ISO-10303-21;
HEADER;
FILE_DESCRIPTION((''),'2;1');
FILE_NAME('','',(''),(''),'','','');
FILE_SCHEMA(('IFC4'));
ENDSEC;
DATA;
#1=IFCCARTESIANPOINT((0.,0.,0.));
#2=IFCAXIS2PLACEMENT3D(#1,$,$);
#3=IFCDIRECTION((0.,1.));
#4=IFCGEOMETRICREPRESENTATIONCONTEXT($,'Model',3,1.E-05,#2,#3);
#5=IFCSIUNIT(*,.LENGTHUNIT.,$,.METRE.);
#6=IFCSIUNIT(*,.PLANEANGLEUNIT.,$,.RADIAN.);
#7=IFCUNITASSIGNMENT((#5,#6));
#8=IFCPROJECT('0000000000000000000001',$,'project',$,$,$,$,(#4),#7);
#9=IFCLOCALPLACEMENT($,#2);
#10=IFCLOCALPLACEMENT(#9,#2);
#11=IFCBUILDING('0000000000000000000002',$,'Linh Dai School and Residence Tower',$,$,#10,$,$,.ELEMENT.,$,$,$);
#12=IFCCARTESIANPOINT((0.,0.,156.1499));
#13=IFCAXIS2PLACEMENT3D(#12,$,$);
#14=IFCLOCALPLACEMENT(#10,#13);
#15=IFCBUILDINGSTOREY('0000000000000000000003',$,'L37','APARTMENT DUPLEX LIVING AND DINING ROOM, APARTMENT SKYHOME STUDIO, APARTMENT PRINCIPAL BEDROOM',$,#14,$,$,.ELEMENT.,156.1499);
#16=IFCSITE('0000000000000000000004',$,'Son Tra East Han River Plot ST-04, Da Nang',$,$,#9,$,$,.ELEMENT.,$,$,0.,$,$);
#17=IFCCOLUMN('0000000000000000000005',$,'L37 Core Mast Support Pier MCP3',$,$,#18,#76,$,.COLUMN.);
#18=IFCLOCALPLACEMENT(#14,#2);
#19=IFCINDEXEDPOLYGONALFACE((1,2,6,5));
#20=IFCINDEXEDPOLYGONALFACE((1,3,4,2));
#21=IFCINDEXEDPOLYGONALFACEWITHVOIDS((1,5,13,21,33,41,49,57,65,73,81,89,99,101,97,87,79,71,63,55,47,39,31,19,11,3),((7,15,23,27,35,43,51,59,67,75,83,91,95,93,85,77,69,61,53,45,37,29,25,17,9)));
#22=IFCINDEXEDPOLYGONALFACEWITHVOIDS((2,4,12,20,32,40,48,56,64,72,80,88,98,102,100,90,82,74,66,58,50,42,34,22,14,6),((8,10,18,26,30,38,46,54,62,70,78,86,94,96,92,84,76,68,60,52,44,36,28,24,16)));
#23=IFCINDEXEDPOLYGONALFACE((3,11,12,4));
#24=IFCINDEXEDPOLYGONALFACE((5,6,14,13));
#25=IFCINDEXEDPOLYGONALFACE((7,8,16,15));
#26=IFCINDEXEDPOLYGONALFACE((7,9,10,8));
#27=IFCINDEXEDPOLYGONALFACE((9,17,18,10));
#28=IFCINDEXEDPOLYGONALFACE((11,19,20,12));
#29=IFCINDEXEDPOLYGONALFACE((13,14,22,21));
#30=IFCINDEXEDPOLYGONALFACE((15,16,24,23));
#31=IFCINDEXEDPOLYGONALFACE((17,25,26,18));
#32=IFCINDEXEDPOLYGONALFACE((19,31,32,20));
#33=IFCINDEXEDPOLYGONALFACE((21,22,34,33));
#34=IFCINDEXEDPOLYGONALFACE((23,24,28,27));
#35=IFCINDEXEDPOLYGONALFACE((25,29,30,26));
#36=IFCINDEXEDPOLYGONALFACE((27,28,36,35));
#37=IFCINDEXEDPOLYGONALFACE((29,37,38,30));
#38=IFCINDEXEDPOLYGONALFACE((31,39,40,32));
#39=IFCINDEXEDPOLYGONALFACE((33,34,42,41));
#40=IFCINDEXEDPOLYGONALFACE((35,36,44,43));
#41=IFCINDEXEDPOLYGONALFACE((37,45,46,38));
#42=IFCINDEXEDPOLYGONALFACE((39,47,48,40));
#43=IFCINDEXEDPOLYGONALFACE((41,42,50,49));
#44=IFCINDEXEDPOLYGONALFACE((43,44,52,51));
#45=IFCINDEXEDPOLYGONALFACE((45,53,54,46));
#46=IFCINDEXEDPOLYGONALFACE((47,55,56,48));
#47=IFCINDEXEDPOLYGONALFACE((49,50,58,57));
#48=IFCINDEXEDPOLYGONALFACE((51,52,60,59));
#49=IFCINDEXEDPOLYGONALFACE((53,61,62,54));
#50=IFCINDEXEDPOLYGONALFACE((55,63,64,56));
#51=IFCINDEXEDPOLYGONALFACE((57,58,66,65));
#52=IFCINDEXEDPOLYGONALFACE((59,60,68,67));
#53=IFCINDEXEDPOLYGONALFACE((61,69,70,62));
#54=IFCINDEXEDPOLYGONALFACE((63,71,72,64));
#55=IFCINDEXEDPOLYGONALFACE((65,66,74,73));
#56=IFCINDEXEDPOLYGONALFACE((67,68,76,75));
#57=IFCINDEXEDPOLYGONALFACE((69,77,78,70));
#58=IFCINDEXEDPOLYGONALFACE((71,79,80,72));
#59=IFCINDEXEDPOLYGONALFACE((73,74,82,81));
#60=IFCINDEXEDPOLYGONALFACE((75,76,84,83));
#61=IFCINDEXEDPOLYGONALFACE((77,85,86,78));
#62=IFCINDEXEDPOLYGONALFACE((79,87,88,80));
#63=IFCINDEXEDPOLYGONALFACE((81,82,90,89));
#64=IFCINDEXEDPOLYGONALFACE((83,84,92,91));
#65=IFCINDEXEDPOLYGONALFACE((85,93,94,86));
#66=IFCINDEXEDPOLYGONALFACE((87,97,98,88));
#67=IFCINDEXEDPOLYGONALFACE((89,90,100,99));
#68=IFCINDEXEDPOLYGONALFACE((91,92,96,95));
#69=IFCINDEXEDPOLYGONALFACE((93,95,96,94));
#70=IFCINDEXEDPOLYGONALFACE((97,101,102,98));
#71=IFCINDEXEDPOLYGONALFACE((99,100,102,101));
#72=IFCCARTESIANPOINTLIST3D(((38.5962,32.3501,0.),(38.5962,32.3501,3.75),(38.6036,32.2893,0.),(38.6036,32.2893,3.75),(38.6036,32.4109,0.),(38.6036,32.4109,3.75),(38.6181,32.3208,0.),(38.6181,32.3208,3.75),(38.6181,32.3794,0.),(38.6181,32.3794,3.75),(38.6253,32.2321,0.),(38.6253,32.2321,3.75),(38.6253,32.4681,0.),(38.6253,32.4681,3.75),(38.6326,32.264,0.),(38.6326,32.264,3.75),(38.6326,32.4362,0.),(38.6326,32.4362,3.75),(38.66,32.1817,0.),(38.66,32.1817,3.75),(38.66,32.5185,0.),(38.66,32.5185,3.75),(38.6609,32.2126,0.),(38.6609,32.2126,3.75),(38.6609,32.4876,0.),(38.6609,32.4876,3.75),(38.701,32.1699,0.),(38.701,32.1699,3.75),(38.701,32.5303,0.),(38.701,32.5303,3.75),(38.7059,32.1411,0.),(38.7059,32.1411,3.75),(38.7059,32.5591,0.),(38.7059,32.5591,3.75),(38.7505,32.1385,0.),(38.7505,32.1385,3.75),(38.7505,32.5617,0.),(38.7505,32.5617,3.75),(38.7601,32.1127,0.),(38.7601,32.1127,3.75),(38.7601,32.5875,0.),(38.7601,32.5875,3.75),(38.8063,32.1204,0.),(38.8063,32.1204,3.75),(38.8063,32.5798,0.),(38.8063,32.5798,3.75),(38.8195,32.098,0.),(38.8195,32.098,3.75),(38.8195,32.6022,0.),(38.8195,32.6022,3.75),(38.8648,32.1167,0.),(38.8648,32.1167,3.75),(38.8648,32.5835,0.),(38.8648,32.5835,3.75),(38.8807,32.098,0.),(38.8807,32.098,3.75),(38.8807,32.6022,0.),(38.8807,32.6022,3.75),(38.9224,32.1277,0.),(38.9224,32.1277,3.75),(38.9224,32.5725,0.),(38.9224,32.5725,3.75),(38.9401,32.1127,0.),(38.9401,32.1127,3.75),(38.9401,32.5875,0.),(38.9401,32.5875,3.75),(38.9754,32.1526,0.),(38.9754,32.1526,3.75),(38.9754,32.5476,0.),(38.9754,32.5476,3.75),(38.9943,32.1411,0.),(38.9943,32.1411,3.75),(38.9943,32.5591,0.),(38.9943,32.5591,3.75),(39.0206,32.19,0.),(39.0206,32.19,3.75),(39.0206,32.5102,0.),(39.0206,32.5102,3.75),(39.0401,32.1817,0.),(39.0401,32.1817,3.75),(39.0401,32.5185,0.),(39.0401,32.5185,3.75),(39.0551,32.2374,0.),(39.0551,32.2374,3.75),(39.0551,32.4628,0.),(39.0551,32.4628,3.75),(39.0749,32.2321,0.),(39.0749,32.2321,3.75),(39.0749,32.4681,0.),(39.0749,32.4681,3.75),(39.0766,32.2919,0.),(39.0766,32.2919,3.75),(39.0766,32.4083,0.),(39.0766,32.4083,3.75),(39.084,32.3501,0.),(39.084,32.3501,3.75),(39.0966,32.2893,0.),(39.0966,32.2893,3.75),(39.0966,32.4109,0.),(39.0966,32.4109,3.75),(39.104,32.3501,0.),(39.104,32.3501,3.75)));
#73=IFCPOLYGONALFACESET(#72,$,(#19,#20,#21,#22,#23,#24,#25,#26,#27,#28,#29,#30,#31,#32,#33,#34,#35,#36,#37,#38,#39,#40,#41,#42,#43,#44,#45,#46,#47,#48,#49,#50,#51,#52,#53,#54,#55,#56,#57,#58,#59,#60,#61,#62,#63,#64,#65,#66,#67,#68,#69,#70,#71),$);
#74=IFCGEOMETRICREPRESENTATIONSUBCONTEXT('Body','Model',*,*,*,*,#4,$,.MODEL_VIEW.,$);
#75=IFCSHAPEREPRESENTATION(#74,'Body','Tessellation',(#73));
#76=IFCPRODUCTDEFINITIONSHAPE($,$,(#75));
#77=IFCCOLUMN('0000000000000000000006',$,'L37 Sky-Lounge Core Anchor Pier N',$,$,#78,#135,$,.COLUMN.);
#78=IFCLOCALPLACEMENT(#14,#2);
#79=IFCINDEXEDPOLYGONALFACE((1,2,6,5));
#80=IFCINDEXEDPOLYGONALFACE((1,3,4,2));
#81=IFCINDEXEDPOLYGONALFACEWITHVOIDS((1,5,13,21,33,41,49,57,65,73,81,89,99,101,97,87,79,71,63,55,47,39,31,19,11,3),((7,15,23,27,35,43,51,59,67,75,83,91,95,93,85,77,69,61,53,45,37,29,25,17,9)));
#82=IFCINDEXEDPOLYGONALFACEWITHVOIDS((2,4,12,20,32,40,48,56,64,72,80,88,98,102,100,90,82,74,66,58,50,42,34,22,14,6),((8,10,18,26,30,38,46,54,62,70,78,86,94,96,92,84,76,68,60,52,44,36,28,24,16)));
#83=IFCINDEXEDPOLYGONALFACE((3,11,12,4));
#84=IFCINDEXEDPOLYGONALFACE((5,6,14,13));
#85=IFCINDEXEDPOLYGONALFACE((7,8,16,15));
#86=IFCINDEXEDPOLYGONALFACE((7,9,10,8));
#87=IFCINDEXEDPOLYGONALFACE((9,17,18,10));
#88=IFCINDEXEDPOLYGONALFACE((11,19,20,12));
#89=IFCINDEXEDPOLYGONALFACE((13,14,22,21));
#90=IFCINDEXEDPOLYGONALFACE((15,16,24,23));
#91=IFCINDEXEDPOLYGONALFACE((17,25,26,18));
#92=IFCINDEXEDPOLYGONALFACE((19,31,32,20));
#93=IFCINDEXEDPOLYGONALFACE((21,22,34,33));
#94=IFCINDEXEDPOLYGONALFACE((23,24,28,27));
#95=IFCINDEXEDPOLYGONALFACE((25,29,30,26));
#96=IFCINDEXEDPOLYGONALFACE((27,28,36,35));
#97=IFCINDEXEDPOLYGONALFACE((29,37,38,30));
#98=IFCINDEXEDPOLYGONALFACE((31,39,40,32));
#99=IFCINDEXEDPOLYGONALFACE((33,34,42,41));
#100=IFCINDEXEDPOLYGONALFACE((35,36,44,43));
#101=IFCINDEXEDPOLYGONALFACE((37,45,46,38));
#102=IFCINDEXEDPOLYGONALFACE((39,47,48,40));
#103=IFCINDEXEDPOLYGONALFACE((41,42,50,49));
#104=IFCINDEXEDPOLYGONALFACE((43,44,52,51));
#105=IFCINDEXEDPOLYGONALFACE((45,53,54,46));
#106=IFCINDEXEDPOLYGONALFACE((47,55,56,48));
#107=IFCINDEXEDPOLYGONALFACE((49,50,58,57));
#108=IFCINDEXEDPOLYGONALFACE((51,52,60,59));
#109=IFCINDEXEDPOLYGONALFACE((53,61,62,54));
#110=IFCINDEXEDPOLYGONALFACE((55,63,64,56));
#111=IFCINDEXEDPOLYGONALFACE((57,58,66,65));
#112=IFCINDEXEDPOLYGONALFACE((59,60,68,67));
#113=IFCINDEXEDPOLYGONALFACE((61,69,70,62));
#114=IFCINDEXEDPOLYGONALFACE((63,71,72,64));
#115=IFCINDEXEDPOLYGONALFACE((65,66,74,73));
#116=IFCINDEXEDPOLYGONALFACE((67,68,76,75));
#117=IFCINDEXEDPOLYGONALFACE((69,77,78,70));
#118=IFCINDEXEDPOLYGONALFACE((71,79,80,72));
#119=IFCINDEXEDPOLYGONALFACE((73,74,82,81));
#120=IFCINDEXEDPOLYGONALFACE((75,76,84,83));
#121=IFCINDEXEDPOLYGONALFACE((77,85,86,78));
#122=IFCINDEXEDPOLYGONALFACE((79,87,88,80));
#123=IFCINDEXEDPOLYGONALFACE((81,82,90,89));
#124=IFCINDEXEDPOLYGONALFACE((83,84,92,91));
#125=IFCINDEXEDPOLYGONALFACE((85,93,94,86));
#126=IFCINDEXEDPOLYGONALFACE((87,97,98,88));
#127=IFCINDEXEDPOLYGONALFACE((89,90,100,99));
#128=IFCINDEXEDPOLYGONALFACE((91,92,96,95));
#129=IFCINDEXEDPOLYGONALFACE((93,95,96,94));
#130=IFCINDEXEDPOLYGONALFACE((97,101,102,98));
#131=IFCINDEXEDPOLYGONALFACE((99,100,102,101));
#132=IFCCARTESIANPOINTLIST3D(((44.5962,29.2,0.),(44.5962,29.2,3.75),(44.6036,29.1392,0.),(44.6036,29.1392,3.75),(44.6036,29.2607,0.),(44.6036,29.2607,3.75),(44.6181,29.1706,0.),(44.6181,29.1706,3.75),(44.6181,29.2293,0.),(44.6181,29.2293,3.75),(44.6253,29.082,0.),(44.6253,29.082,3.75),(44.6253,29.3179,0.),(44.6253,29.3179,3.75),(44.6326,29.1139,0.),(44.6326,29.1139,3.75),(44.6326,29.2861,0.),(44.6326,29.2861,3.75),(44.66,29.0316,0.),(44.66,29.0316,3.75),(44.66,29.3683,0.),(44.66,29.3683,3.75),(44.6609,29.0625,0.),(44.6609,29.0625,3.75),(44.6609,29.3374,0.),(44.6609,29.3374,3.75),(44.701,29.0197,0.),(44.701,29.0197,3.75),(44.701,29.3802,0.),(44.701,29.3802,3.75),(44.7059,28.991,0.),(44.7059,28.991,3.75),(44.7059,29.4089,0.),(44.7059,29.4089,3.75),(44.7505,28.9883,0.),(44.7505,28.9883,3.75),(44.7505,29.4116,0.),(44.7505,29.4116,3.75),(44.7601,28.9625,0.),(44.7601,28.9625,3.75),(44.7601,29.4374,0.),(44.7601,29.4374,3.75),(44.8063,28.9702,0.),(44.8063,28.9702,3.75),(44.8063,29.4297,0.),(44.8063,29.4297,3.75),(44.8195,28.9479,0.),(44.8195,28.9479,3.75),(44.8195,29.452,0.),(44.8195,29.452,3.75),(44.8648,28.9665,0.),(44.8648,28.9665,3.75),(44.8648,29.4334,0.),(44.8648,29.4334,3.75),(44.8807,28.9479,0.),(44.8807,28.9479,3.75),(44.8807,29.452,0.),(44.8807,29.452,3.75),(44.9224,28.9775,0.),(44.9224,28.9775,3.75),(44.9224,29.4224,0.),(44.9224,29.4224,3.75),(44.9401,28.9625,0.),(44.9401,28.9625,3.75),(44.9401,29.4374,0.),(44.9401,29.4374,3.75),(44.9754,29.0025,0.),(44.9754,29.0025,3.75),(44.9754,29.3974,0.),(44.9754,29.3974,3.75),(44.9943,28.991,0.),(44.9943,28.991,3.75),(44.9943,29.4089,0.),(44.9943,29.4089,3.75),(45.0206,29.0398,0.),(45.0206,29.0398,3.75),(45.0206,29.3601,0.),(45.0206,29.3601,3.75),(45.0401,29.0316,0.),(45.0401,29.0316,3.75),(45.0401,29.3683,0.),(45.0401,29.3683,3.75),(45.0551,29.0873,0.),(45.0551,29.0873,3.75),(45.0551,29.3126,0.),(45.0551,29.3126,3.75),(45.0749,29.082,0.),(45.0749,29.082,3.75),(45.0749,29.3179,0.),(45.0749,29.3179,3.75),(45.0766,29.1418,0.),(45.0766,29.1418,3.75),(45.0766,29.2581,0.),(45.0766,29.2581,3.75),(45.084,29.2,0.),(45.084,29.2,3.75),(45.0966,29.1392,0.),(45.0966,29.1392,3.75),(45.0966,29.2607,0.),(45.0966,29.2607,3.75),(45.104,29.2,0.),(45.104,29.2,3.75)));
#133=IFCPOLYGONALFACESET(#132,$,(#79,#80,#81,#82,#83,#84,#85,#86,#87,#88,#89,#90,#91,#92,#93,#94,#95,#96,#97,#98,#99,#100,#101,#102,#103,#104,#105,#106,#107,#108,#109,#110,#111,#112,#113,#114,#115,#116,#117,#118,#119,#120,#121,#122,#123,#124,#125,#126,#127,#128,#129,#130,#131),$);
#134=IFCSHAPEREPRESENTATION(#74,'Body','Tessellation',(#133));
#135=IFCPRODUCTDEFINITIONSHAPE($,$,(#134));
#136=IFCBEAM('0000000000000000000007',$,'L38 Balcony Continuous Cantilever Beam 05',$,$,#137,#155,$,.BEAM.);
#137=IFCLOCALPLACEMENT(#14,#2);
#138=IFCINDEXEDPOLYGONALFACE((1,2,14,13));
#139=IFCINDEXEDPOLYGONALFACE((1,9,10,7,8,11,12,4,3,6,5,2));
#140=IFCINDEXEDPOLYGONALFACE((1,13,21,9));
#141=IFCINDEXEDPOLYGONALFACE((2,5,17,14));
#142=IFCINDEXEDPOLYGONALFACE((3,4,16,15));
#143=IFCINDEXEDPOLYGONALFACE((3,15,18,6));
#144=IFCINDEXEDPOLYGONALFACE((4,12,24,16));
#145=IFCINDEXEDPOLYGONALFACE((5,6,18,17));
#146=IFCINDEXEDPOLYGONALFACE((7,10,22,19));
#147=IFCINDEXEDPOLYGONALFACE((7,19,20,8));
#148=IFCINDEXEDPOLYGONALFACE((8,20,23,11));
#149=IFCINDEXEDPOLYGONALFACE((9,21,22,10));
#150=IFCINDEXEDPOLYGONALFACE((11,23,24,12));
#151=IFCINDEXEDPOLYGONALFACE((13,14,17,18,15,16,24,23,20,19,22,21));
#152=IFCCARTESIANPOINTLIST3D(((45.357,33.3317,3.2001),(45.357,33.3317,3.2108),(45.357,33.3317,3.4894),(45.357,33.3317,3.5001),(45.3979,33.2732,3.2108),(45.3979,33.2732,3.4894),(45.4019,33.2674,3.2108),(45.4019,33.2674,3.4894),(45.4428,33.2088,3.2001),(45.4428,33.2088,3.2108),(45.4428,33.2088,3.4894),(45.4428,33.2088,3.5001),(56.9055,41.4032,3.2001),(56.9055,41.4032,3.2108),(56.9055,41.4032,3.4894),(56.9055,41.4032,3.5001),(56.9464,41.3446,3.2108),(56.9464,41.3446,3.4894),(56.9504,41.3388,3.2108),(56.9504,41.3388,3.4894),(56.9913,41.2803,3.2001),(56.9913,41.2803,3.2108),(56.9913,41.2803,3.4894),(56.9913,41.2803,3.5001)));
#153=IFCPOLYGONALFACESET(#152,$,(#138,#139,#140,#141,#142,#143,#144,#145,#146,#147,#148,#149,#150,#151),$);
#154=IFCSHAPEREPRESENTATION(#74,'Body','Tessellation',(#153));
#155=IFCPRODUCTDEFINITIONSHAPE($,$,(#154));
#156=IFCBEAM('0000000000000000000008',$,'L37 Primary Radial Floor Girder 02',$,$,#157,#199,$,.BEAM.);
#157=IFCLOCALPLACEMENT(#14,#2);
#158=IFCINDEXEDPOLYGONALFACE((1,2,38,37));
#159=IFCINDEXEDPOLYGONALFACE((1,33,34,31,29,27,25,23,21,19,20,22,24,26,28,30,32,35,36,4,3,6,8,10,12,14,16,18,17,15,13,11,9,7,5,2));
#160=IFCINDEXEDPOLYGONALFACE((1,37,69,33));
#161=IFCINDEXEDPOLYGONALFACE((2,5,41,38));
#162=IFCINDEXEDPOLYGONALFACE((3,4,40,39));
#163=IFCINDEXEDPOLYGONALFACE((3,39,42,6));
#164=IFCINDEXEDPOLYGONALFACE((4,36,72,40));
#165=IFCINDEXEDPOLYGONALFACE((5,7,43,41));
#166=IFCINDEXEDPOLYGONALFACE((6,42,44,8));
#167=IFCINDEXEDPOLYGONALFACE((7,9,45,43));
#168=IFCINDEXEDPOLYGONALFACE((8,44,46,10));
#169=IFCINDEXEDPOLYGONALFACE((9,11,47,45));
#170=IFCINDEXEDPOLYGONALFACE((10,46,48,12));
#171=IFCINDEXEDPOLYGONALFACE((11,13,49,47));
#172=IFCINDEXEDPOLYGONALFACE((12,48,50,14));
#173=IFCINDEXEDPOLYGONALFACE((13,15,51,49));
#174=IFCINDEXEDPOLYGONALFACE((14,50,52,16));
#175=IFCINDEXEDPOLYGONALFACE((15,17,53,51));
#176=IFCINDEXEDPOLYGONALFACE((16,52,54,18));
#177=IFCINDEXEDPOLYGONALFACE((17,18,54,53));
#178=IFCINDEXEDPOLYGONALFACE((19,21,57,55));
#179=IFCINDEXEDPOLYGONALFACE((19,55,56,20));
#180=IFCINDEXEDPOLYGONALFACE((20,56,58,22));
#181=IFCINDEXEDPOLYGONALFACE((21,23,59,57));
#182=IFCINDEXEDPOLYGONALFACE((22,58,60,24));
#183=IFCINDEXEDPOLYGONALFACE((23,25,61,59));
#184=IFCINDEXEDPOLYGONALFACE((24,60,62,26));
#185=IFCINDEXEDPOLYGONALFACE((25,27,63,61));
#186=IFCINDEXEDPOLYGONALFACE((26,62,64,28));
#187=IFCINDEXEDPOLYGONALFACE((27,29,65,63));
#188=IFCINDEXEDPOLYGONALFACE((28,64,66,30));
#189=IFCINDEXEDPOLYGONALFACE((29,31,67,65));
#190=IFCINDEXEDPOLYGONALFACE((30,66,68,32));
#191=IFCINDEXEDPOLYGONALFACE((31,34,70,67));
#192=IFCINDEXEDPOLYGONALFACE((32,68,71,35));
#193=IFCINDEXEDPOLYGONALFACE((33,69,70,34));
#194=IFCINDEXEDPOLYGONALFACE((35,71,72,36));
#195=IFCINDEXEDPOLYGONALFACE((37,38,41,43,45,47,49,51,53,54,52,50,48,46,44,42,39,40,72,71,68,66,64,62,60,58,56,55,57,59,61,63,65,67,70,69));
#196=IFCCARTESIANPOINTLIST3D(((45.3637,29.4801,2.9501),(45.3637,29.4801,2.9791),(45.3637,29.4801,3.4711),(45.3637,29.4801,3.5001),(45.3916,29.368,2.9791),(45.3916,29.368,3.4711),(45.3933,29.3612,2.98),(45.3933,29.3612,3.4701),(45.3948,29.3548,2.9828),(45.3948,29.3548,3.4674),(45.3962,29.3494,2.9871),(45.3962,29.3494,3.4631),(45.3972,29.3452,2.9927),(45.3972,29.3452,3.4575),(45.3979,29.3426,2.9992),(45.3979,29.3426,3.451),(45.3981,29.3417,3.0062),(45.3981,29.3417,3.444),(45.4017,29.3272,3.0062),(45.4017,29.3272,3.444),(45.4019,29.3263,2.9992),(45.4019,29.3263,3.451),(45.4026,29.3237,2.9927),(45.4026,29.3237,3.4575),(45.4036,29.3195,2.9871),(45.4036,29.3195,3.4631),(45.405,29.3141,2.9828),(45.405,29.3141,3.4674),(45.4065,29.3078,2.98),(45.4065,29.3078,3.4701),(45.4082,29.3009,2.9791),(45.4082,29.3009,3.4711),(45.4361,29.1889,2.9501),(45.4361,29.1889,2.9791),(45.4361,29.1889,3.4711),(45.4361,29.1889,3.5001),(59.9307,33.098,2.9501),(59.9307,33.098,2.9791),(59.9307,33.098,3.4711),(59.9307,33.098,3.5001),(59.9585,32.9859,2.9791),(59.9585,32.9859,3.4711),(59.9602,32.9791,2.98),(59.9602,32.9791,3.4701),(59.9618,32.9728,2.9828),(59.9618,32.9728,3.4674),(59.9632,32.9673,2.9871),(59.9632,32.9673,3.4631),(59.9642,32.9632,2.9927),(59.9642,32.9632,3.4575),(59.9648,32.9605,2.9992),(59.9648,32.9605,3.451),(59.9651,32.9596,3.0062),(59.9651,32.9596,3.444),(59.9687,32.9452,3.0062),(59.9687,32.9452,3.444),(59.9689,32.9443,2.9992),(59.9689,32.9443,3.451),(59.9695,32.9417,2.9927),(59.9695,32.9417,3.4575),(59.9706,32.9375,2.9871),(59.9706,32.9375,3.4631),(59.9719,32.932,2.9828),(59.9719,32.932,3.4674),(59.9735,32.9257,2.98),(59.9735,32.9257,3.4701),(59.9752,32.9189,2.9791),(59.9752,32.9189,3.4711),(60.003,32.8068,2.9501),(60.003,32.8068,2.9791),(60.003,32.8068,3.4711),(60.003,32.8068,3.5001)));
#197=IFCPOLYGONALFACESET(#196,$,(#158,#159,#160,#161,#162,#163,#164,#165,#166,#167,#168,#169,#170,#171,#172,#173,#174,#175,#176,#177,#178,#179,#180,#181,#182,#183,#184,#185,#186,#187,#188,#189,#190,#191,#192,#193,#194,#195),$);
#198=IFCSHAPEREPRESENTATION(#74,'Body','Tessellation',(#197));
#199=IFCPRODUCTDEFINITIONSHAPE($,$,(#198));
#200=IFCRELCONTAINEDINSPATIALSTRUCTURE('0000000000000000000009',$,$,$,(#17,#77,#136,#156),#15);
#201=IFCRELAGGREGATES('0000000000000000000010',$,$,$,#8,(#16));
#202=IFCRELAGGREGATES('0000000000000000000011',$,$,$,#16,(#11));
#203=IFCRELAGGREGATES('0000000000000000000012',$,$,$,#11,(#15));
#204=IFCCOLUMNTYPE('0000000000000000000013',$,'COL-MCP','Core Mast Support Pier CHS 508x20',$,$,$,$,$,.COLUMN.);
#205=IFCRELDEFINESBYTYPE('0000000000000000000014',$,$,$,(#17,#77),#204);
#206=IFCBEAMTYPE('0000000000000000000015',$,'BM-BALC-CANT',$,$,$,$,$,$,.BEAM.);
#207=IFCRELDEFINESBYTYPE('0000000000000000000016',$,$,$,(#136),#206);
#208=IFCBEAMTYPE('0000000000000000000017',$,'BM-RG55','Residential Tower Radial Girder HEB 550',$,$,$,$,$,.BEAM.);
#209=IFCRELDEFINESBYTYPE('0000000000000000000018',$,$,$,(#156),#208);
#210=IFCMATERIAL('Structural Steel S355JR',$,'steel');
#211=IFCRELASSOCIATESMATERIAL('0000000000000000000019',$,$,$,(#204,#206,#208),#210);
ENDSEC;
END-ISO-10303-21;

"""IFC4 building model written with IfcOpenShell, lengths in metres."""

from ifc_helpers import new_model, si_unit, direction, frame, origin, origin_2d, place, context, subcontext, project, spatial, hollow_circle, i_section, extrude, material, material_profile, profile_set, type_object, element, save


model = new_model("IFC4")

# Units and contexts
model_context = context("Model", 3, precision=1e-05, world=origin(), true_north=direction((0.0, 1.0)))
body_context = subcontext(model_context, "Body", "Model", "MODEL_VIEW")
ifc_project = project(units=[si_unit("LENGTHUNIT", "METRE"), si_unit("PLANEANGLEUNIT", "RADIAN")], contexts=[model_context])

# Site, building, storey
site_placement = place(None, origin())
site = spatial("IfcSite", under=ifc_project, at=site_placement, Name="Son Tra East Han River Plot ST-04, Da Nang", CompositionType="ELEMENT", RefElevation=0.0)
building_placement = place(site_placement, origin())
building = spatial("IfcBuilding", under=site, at=building_placement, Name="Linh Dai School and Residence Tower", CompositionType="ELEMENT")
storey_placement = place(building_placement, frame((0.0, 0.0, 156.1499)))
storey = spatial("IfcBuildingStorey", under=building, at=storey_placement, Name="L37", Description="APARTMENT DUPLEX LIVING AND DINING ROOM, APARTMENT SKYHOME STUDIO, APARTMENT PRINCIPAL BEDROOM", CompositionType="ELEMENT", Elevation=156.1499)

# Columns
ifc_material_1 = material(Name="Structural Steel S355JR", Category="steel")
ifc_material_profile_1 = material_profile(ifc_material_1, hollow_circle(Radius=0.2539, WallThickness=0.02, at=origin_2d()), Name="CHS 508x20")
ifc_profile_set_1 = profile_set([ifc_material_profile_1], Name="Structural Steel S355JR")
column_type_1 = type_object("IfcColumnType", Name="COL-MCP", Description="Core Mast Support Pier CHS 508x20", PredefinedType="COLUMN", material=ifc_profile_set_1)
for number, where, z_axis, x_axis, name in (
    (1, (38.8501, 32.3501, 0.0), (0.0, 0.0, 1.0), (1.0, 0.0, 0.0), "L37 Core Mast Support Pier MCP3"),
    (2, (44.8501, 29.2, 0.0), (0.0, 0.0, 1.0), (1.0, 0.0, 0.0), "L37 Sky-Lounge Core Anchor Pier N"),
):
    element("IfcColumn", number, at=place(storey_placement, frame(where, z_axis=z_axis, x_axis=x_axis)), inside=storey, type_object=column_type_1, Name=name, PredefinedType="COLUMN", context=body_context, shape_type="SweptSolid", body=[
        extrude(hollow_circle(Radius=0.2539, WallThickness=0.02, at=origin_2d()), origin(), (0.0, 0.0, 1.0), 3.75),
    ])

# Beams
ifc_material_profile_2 = material_profile(ifc_material_1, i_section(OverallWidth=0.1499, OverallDepth=0.3, WebThickness=0.0071, FlangeThickness=0.0107, at=origin_2d()), Name="IPE 300")
ifc_profile_set_2 = profile_set([ifc_material_profile_2], Name="Structural Steel S355JR")
beam_type_1 = type_object("IfcBeamType", Name="BM-BALC-CANT", PredefinedType="BEAM", material=ifc_profile_set_2)
beam_1_placement = place(storey_placement, frame((45.3999, 33.2703, 3.3501), z_axis=(0.819648, 0.572868, 0.0), x_axis=(-0.572868, 0.819648, 0.0)))
element("IfcBeam", 3, at=beam_1_placement, inside=storey, type_object=beam_type_1, Name="L38 Balcony Continuous Cantilever Beam 05", PredefinedType="BEAM", context=body_context, shape_type="SweptSolid", body=[
    extrude(i_section(OverallWidth=0.1499, OverallDepth=0.3, WebThickness=0.0071, FlangeThickness=0.0107, at=origin_2d()), origin(), (0.0, 0.0, 1.0), 14.0896),
])
ifc_material_profile_3 = material_profile(ifc_material_1, i_section(OverallWidth=0.3, OverallDepth=0.55, WebThickness=0.0149, FlangeThickness=0.0291, FilletRadius=0.0271, at=origin_2d()), Name="HEB 550")
ifc_profile_set_3 = profile_set([ifc_material_profile_3], Name="Structural Steel S355JR")
beam_type_2 = type_object("IfcBeamType", Name="BM-RG55", Description="Residential Tower Radial Girder HEB 550", PredefinedType="BEAM", material=ifc_profile_set_3)
beam_2_placement = place(storey_placement, frame((45.3999, 29.3345, 3.2251), z_axis=(0.970515, 0.241043, 0.0), x_axis=(-0.241043, 0.970515, 0.0)))
element("IfcBeam", 4, at=beam_2_placement, inside=storey, type_object=beam_type_2, Name="L37 Primary Radial Floor Girder 02", PredefinedType="BEAM", context=body_context, shape_type="SweptSolid", body=[
    extrude(i_section(OverallWidth=0.3, OverallDepth=0.55, WebThickness=0.0149, FlangeThickness=0.0291, FilletRadius=0.0271, at=origin_2d()), origin(), (0.0, 0.0, 1.0), 15.0095),
])

save(model, "model.ifc")
